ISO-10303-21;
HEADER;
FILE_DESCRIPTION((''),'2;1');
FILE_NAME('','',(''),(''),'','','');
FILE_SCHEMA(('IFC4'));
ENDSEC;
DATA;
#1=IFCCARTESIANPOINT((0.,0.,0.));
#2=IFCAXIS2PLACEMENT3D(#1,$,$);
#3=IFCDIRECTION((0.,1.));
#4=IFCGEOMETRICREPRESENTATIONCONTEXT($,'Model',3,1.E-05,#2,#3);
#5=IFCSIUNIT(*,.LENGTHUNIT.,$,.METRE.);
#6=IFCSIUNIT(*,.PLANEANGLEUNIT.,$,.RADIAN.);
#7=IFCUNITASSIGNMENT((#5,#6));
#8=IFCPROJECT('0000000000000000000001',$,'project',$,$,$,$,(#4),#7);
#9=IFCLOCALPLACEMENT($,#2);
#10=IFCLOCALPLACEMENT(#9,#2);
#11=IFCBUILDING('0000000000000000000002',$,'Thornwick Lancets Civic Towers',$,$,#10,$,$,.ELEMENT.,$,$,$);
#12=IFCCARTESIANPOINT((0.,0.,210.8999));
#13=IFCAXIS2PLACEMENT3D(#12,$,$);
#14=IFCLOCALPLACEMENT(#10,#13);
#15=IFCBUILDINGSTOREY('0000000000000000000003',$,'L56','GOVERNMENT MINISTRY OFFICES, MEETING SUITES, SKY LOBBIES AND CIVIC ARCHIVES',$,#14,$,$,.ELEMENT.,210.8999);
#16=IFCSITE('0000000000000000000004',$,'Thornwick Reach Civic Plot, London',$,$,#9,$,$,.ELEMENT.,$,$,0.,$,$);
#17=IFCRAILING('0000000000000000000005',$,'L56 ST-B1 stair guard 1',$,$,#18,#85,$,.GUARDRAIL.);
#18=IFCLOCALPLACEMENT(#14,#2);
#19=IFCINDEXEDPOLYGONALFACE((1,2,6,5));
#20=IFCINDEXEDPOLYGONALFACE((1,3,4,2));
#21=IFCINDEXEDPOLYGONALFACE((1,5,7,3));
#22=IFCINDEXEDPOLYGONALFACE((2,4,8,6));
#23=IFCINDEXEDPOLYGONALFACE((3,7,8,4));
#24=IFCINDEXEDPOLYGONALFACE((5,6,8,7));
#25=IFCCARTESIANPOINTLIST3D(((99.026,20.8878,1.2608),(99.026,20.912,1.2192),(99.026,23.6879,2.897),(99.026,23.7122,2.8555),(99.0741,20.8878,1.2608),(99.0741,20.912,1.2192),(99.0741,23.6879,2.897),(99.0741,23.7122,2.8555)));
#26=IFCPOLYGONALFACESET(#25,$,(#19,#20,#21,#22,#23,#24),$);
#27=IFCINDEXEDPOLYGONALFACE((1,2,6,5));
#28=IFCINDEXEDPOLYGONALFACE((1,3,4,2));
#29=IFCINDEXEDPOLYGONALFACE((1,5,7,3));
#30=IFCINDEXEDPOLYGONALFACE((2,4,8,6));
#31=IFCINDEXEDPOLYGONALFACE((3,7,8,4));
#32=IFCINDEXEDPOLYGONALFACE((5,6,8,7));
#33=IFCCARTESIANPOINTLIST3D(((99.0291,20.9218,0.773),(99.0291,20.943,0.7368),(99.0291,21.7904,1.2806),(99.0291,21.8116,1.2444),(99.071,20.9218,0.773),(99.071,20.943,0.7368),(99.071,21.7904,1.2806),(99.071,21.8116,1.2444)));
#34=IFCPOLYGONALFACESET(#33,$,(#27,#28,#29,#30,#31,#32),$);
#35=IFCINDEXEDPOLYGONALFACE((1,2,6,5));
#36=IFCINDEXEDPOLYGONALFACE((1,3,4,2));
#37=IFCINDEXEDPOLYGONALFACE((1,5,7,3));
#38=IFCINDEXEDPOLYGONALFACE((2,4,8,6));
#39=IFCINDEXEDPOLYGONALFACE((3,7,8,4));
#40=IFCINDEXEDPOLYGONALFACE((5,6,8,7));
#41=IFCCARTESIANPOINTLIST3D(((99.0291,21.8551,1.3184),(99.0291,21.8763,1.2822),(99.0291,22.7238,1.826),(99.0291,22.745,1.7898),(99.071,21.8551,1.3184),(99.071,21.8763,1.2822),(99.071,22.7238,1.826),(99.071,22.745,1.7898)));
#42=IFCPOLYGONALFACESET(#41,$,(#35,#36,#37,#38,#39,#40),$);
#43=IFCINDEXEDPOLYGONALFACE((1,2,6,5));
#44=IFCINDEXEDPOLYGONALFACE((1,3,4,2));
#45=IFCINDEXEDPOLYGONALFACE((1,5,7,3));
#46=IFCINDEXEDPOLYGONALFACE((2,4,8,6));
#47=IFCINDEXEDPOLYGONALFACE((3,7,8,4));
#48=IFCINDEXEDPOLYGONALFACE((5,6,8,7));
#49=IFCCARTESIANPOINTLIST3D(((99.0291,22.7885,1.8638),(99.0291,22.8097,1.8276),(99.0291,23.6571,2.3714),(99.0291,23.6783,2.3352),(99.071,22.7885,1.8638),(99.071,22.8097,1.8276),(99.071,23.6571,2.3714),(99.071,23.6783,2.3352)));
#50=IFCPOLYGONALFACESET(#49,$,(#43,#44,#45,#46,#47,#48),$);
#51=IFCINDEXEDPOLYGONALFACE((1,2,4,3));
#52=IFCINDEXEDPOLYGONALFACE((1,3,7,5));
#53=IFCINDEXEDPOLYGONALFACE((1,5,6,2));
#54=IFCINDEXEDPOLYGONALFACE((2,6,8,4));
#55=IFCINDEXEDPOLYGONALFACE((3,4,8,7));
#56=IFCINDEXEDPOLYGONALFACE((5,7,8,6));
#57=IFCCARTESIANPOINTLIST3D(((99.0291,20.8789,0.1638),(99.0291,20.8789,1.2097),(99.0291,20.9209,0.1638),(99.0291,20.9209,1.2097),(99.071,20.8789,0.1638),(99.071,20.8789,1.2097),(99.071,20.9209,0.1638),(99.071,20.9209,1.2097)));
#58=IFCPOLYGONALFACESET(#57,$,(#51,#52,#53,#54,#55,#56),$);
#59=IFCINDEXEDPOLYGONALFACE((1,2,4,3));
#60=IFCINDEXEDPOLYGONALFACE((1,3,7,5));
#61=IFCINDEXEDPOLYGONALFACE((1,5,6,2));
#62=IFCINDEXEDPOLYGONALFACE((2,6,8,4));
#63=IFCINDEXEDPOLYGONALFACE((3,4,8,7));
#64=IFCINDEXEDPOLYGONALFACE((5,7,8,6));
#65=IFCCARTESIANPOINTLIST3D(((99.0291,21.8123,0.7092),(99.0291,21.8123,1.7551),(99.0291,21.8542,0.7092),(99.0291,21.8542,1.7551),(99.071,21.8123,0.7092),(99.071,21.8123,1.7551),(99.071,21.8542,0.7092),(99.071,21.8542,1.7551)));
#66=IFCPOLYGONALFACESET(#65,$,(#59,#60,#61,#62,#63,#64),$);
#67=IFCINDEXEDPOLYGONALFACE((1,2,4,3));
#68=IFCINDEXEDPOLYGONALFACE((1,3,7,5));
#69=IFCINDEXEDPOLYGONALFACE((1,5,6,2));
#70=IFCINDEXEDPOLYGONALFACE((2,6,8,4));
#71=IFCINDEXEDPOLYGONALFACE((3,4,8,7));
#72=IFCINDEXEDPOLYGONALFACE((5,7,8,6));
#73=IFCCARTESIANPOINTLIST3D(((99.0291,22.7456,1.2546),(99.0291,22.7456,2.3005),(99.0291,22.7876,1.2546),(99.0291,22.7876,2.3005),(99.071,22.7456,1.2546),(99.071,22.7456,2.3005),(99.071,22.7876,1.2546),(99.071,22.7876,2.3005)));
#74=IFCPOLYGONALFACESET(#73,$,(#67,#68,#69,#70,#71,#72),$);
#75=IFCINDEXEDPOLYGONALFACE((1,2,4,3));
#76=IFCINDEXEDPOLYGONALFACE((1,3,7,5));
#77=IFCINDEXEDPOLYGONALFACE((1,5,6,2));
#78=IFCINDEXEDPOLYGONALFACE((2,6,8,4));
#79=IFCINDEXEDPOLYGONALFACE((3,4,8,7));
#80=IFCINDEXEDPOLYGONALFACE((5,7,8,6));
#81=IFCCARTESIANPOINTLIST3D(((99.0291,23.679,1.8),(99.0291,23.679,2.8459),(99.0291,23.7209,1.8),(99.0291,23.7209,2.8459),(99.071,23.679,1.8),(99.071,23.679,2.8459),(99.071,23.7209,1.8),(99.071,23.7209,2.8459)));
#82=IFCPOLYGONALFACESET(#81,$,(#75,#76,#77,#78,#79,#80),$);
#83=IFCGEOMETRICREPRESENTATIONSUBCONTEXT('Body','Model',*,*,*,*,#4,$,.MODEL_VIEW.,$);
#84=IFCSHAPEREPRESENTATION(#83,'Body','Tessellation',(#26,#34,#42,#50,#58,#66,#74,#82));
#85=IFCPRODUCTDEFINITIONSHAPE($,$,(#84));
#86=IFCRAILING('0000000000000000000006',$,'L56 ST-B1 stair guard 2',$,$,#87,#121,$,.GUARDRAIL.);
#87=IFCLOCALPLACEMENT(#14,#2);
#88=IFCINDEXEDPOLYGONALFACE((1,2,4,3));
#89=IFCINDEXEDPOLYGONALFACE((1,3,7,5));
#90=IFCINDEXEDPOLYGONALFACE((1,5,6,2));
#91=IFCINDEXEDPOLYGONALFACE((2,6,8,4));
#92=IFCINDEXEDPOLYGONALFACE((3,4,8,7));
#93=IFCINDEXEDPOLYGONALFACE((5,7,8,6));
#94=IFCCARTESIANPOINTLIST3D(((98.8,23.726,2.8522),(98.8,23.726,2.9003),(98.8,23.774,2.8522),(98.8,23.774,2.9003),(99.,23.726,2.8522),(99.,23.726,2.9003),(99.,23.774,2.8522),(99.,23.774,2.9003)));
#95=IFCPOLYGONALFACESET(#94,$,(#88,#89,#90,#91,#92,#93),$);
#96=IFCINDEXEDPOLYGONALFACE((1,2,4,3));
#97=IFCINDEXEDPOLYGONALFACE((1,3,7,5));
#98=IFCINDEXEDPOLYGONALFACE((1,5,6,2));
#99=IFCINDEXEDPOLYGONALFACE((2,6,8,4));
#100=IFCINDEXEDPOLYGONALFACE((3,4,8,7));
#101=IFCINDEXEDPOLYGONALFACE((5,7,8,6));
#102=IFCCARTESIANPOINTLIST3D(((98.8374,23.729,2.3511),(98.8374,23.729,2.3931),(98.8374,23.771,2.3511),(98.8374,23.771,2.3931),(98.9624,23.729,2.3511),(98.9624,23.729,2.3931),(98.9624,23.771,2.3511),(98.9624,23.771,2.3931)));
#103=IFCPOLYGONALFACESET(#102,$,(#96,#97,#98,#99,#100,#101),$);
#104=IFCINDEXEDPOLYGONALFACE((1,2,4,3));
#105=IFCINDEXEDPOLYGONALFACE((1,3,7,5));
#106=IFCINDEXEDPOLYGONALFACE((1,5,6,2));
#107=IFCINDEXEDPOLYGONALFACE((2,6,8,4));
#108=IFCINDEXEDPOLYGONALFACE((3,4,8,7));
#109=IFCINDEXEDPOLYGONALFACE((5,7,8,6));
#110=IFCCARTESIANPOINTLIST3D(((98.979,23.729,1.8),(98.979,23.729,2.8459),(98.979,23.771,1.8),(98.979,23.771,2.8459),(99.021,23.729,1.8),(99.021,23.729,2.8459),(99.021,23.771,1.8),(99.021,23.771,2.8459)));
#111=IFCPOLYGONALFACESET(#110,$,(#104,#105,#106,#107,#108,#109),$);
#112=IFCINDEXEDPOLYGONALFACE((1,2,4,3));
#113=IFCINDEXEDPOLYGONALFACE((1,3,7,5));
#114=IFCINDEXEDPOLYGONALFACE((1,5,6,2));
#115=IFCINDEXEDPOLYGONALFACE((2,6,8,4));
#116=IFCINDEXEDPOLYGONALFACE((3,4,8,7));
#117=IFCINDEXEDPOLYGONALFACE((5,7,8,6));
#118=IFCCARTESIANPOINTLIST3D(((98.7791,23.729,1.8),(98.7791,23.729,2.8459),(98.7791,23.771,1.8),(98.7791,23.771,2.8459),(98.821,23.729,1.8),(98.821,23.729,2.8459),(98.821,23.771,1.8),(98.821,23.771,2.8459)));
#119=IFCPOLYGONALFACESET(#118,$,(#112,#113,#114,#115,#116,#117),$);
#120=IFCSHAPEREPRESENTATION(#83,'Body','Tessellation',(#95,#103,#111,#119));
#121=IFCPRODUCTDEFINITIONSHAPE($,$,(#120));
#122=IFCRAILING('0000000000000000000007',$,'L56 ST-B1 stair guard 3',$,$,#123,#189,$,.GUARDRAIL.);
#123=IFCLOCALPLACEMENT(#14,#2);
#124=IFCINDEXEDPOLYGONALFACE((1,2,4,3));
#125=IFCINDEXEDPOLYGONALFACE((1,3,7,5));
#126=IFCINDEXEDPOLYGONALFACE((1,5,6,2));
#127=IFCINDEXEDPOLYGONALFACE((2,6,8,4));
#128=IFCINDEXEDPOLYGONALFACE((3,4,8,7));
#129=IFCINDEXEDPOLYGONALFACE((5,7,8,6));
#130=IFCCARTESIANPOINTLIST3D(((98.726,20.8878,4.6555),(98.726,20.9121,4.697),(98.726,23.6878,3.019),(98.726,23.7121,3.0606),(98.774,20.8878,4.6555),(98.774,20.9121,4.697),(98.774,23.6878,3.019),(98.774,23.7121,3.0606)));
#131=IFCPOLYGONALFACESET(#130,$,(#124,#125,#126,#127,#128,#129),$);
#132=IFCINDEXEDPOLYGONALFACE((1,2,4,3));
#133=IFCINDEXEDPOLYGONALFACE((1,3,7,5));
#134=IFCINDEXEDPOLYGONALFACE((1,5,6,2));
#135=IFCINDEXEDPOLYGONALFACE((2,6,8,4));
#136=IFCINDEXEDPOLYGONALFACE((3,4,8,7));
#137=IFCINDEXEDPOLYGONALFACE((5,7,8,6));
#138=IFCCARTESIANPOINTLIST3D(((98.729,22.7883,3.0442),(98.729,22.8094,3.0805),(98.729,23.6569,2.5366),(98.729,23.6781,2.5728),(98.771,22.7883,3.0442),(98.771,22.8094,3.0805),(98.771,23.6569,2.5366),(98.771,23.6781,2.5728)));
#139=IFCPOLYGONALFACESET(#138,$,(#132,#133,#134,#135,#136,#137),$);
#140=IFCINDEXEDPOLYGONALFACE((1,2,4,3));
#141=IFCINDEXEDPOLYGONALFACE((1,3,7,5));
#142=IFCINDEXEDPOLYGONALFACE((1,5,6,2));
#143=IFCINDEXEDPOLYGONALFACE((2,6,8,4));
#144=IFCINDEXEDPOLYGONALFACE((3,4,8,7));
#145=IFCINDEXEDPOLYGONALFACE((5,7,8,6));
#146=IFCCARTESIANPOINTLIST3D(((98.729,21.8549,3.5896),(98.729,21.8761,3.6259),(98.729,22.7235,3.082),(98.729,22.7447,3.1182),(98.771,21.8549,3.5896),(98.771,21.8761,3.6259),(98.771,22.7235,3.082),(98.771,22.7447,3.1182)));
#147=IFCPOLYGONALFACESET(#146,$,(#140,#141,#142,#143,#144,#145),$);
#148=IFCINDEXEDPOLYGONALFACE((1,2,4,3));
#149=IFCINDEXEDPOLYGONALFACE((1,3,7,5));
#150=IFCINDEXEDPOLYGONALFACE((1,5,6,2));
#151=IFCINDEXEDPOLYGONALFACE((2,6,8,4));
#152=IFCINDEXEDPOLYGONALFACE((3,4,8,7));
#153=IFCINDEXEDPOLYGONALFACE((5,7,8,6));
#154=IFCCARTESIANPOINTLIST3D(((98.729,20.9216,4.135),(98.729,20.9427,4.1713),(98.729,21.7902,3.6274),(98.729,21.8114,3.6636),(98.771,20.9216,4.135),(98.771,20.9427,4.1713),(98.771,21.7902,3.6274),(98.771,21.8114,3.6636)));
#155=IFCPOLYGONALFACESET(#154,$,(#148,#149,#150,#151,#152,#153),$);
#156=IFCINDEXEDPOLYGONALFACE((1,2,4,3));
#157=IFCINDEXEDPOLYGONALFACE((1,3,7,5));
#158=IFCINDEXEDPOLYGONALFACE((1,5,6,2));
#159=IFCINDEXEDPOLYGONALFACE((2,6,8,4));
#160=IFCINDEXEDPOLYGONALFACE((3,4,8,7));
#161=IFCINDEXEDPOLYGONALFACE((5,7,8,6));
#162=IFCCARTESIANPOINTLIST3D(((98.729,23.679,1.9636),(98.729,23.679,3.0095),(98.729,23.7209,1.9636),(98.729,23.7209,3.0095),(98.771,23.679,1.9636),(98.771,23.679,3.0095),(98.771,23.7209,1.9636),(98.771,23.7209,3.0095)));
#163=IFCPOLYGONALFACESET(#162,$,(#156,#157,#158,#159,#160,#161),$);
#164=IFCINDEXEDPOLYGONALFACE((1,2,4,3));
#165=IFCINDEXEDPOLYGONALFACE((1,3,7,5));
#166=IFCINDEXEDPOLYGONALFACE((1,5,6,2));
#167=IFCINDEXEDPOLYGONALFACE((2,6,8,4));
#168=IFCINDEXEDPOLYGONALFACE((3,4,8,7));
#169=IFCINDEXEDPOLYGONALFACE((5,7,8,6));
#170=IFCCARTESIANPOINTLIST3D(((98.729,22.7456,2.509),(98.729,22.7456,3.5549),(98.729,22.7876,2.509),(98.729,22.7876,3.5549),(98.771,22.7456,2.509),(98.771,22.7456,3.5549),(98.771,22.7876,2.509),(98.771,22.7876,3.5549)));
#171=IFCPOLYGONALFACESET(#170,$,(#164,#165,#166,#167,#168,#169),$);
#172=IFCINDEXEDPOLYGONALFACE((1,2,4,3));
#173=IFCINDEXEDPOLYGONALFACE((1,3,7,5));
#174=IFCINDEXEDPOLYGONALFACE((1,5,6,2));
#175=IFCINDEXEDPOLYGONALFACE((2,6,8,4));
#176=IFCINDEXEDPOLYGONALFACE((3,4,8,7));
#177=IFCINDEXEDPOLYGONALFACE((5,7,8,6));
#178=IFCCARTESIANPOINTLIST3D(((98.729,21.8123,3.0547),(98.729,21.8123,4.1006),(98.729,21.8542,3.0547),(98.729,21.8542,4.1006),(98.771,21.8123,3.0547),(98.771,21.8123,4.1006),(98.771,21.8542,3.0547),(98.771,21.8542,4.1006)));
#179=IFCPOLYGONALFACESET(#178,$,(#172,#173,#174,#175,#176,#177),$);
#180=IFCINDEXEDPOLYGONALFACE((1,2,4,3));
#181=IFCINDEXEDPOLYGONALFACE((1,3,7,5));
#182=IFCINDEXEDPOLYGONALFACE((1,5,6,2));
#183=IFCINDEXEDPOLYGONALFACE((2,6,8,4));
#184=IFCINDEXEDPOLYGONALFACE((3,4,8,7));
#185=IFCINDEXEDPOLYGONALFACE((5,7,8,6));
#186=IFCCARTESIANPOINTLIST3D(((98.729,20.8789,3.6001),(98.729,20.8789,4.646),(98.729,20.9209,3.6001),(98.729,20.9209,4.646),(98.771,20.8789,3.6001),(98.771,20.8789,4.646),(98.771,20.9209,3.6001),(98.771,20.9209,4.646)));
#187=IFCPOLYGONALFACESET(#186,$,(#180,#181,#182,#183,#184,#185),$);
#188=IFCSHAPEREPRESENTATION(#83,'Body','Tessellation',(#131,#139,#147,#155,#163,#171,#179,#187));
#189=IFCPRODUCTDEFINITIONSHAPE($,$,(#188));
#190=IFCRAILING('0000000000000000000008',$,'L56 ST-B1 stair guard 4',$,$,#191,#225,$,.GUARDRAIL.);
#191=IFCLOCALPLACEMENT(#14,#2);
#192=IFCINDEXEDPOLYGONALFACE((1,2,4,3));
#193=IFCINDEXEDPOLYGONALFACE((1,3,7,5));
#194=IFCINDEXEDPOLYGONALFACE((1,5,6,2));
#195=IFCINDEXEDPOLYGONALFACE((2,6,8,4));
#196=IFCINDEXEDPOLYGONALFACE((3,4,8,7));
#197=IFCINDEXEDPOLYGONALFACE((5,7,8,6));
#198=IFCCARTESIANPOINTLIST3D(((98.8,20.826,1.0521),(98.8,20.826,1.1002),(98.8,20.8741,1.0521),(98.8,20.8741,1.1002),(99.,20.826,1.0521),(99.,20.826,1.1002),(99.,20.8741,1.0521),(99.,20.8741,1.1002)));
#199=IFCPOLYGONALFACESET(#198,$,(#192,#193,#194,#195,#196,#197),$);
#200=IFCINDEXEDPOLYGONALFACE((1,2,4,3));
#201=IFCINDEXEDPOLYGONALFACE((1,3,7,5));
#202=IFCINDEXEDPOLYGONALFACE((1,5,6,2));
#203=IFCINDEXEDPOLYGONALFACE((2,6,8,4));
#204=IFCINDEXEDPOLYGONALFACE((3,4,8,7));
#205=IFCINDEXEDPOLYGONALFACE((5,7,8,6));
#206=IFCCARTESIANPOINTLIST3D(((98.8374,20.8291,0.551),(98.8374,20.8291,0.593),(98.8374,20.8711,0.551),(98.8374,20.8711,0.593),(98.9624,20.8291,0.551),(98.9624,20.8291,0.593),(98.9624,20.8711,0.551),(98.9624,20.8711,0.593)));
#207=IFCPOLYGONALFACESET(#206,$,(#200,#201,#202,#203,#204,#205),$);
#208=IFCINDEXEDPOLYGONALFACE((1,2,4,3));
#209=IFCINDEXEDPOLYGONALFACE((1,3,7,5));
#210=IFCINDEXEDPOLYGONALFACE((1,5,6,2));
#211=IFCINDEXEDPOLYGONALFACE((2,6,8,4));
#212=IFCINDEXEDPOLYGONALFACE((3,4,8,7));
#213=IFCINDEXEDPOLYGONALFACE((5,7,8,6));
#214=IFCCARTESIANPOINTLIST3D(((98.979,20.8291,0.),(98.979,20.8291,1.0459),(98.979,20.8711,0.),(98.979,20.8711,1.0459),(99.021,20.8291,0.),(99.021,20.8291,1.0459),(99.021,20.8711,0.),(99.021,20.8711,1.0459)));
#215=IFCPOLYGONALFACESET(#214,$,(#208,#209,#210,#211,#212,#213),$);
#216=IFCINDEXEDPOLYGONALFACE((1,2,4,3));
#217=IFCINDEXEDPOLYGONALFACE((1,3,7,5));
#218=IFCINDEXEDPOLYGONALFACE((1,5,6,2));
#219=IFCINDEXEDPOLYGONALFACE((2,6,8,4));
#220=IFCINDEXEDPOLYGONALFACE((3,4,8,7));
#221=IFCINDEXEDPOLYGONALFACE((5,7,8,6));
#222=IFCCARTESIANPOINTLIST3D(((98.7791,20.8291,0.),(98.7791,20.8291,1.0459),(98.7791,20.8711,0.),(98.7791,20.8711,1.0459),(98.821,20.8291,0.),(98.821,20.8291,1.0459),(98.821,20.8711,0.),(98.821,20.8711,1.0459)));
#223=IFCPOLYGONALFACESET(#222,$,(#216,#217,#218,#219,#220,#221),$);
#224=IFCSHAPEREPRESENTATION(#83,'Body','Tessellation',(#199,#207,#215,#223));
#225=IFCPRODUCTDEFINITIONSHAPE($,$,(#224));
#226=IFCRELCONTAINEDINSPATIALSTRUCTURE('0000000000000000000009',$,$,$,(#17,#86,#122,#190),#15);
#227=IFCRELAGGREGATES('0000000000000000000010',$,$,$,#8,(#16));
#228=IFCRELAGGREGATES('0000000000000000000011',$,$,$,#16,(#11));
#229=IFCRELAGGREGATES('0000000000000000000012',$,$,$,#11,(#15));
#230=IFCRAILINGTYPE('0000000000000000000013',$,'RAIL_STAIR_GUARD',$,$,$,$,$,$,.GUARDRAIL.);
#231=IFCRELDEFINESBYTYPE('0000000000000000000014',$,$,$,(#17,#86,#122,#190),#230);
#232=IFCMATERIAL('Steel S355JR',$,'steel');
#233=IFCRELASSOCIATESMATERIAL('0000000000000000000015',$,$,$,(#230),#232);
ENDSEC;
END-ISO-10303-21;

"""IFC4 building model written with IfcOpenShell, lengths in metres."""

from ifc_helpers import new_model, si_unit, direction, frame, origin, origin_2d, place, context, subcontext, project, spatial, rectangle, extrude, material, type_object, element, save


model = new_model("IFC4")

# Units and contexts
model_context = context("Model", 3, precision=1e-05, world=origin(), true_north=direction((0.0, 1.0)))
body_context = subcontext(model_context, "Body", "Model", "MODEL_VIEW")
ifc_project = project(units=[si_unit("LENGTHUNIT", "METRE"), si_unit("PLANEANGLEUNIT", "RADIAN")], contexts=[model_context])

# Site, building, storey
site_placement = place(None, origin())
site = spatial("IfcSite", under=ifc_project, at=site_placement, Name="Thornwick Reach Civic Plot, London", CompositionType="ELEMENT", RefElevation=0.0)
building_placement = place(site_placement, origin())
building = spatial("IfcBuilding", under=site, at=building_placement, Name="Thornwick Lancets Civic Towers", CompositionType="ELEMENT")
storey_placement = place(building_placement, frame((0.0, 0.0, 210.8999)))
storey = spatial("IfcBuildingStorey", under=building, at=storey_placement, Name="L56", Description="GOVERNMENT MINISTRY OFFICES, MEETING SUITES, SKY LOBBIES AND CIVIC ARCHIVES", CompositionType="ELEMENT", Elevation=210.8999)

# Railings
ifc_material_1 = material(Name="Steel S355JR", Category="steel")
railing_type_1 = type_object("IfcRailingType", Name="RAIL_STAIR_GUARD", PredefinedType="GUARDRAIL", material=ifc_material_1)
railing_1_placement = place(storey_placement, frame((99.05, 20.8999, 0.1638)))
element("IfcRailing", 1, at=railing_1_placement, inside=storey, type_object=railing_type_1, Name="L56 ST-B1 stair guard 1", PredefinedType="GUARDRAIL", context=body_context, shape_type="SweptSolid", body=[
    extrude(rectangle(XDim=0.0481, YDim=0.0481, at=origin_2d()), frame((0.0, 0.0, 1.0762), z_axis=(0.0, 0.863394, 0.504531), x_axis=(-1.0, 0.0, 0.0)), (0.0, 0.0, 1.0), 3.2432),
    extrude(rectangle(XDim=0.042, YDim=0.042, at=origin_2d()), frame((0.0, 0.0325, 0.5911), z_axis=(0.0, 0.863394, 0.504531), x_axis=(-1.0, 0.0, 0.0)), (0.0, 0.0, 1.0), 1.0061),
    extrude(rectangle(XDim=0.042, YDim=0.042, at=origin_2d()), frame((0.0, 0.9658, 1.1365), z_axis=(0.0, 0.863394, 0.504531), x_axis=(-1.0, 0.0, 0.0)), (0.0, 0.0, 1.0), 1.0061),
    extrude(rectangle(XDim=0.042, YDim=0.042, at=origin_2d()), frame((0.0, 1.8992, 1.6819), z_axis=(0.0, 0.863394, 0.504531), x_axis=(-1.0, 0.0, 0.0)), (0.0, 0.0, 1.0), 1.0061),
    extrude(rectangle(XDim=0.042, YDim=0.042, at=origin_2d()), origin(), (0.0, 0.0, 1.0), 1.0459),
    extrude(rectangle(XDim=0.042, YDim=0.042, at=origin_2d()), frame((0.0, 0.9333, 0.5454)), (0.0, 0.0, 1.0), 1.0459),
    extrude(rectangle(XDim=0.042, YDim=0.042, at=origin_2d()), frame((0.0, 1.8667, 1.0908)), (0.0, 0.0, 1.0), 1.0459),
    extrude(rectangle(XDim=0.042, YDim=0.042, at=origin_2d()), frame((0.0, 2.8, 1.6362)), (0.0, 0.0, 1.0), 1.0459),
])
railing_2_placement = place(storey_placement, frame((99.0, 23.75, 1.8)))
element("IfcRailing", 2, at=railing_2_placement, inside=storey, type_object=railing_type_1, Name="L56 ST-B1 stair guard 2", PredefinedType="GUARDRAIL", context=body_context, shape_type="SweptSolid", body=[
    extrude(rectangle(XDim=0.0481, YDim=0.0481, at=origin_2d()), frame((0.0, 0.0, 1.0762), z_axis=(-1.0, 0.0, 0.0), x_axis=(0.0, -1.0, 0.0)), (0.0, 0.0, 1.0), 0.2),
    extrude(rectangle(XDim=0.042, YDim=0.042, at=origin_2d()), frame((-0.0376, 0.0, 0.572), z_axis=(-1.0, 0.0, 0.0), x_axis=(0.0, -1.0, 0.0)), (0.0, 0.0, 1.0), 0.125),
    extrude(rectangle(XDim=0.042, YDim=0.042, at=origin_2d()), origin(), (0.0, 0.0, 1.0), 1.0459),
    extrude(rectangle(XDim=0.042, YDim=0.042, at=origin_2d()), frame((-0.2, 0.0, 0.0)), (0.0, 0.0, 1.0), 1.0459),
])
railing_3_placement = place(storey_placement, frame((98.75, 23.7, 1.9636)))
element("IfcRailing", 3, at=railing_3_placement, inside=storey, type_object=railing_type_1, Name="L56 ST-B1 stair guard 3", PredefinedType="GUARDRAIL", context=body_context, shape_type="SweptSolid", body=[
    extrude(rectangle(XDim=0.0481, YDim=0.0481, at=origin_2d()), frame((0.0, 0.0, 1.0762), z_axis=(0.0, -0.863361, 0.504587), x_axis=(1.0, 0.0, 0.0)), (0.0, 0.0, 1.0), 3.2432),
    extrude(rectangle(XDim=0.042, YDim=0.042, at=origin_2d()), frame((0.0, -0.0325, 0.5911), z_axis=(0.0, -0.863361, 0.504587), x_axis=(1.0, 0.0, 0.0)), (0.0, 0.0, 1.0), 1.0061),
    extrude(rectangle(XDim=0.042, YDim=0.042, at=origin_2d()), frame((0.0, -0.9658, 1.1365), z_axis=(0.0, -0.863361, 0.504587), x_axis=(1.0, 0.0, 0.0)), (0.0, 0.0, 1.0), 1.0061),
    extrude(rectangle(XDim=0.042, YDim=0.042, at=origin_2d()), frame((0.0, -1.8992, 1.6819), z_axis=(0.0, -0.863361, 0.504587), x_axis=(1.0, 0.0, 0.0)), (0.0, 0.0, 1.0), 1.0061),
    extrude(rectangle(XDim=0.042, YDim=0.042, at=origin_2d()), origin(), (0.0, 0.0, 1.0), 1.0459),
    extrude(rectangle(XDim=0.042, YDim=0.042, at=origin_2d()), frame((0.0, -0.9333, 0.5454)), (0.0, 0.0, 1.0), 1.0459),
    extrude(rectangle(XDim=0.042, YDim=0.042, at=origin_2d()), frame((0.0, -1.8667, 1.0911)), (0.0, 0.0, 1.0), 1.0459),
    extrude(rectangle(XDim=0.042, YDim=0.042, at=origin_2d()), frame((0.0, -2.8, 1.6365)), (0.0, 0.0, 1.0), 1.0459),
])
railing_4_placement = place(storey_placement, frame((99.0, 20.8501, 0.0)))
element("IfcRailing", 4, at=railing_4_placement, inside=storey, type_object=railing_type_1, Name="L56 ST-B1 stair guard 4", PredefinedType="GUARDRAIL", context=body_context, shape_type="SweptSolid", body=[
    extrude(rectangle(XDim=0.0481, YDim=0.0481, at=origin_2d()), frame((0.0, 0.0, 1.0762), z_axis=(-1.0, 0.0, 0.0), x_axis=(0.0, -1.0, 0.0)), (0.0, 0.0, 1.0), 0.2),
    extrude(rectangle(XDim=0.042, YDim=0.042, at=origin_2d()), frame((-0.0376, 0.0, 0.572), z_axis=(-1.0, 0.0, 0.0), x_axis=(0.0, -1.0, 0.0)), (0.0, 0.0, 1.0), 0.125),
    extrude(rectangle(XDim=0.042, YDim=0.042, at=origin_2d()), origin(), (0.0, 0.0, 1.0), 1.0459),
    extrude(rectangle(XDim=0.042, YDim=0.042, at=origin_2d()), frame((-0.2, 0.0, 0.0)), (0.0, 0.0, 1.0), 1.0459),
])

save(model, "model.ifc")
